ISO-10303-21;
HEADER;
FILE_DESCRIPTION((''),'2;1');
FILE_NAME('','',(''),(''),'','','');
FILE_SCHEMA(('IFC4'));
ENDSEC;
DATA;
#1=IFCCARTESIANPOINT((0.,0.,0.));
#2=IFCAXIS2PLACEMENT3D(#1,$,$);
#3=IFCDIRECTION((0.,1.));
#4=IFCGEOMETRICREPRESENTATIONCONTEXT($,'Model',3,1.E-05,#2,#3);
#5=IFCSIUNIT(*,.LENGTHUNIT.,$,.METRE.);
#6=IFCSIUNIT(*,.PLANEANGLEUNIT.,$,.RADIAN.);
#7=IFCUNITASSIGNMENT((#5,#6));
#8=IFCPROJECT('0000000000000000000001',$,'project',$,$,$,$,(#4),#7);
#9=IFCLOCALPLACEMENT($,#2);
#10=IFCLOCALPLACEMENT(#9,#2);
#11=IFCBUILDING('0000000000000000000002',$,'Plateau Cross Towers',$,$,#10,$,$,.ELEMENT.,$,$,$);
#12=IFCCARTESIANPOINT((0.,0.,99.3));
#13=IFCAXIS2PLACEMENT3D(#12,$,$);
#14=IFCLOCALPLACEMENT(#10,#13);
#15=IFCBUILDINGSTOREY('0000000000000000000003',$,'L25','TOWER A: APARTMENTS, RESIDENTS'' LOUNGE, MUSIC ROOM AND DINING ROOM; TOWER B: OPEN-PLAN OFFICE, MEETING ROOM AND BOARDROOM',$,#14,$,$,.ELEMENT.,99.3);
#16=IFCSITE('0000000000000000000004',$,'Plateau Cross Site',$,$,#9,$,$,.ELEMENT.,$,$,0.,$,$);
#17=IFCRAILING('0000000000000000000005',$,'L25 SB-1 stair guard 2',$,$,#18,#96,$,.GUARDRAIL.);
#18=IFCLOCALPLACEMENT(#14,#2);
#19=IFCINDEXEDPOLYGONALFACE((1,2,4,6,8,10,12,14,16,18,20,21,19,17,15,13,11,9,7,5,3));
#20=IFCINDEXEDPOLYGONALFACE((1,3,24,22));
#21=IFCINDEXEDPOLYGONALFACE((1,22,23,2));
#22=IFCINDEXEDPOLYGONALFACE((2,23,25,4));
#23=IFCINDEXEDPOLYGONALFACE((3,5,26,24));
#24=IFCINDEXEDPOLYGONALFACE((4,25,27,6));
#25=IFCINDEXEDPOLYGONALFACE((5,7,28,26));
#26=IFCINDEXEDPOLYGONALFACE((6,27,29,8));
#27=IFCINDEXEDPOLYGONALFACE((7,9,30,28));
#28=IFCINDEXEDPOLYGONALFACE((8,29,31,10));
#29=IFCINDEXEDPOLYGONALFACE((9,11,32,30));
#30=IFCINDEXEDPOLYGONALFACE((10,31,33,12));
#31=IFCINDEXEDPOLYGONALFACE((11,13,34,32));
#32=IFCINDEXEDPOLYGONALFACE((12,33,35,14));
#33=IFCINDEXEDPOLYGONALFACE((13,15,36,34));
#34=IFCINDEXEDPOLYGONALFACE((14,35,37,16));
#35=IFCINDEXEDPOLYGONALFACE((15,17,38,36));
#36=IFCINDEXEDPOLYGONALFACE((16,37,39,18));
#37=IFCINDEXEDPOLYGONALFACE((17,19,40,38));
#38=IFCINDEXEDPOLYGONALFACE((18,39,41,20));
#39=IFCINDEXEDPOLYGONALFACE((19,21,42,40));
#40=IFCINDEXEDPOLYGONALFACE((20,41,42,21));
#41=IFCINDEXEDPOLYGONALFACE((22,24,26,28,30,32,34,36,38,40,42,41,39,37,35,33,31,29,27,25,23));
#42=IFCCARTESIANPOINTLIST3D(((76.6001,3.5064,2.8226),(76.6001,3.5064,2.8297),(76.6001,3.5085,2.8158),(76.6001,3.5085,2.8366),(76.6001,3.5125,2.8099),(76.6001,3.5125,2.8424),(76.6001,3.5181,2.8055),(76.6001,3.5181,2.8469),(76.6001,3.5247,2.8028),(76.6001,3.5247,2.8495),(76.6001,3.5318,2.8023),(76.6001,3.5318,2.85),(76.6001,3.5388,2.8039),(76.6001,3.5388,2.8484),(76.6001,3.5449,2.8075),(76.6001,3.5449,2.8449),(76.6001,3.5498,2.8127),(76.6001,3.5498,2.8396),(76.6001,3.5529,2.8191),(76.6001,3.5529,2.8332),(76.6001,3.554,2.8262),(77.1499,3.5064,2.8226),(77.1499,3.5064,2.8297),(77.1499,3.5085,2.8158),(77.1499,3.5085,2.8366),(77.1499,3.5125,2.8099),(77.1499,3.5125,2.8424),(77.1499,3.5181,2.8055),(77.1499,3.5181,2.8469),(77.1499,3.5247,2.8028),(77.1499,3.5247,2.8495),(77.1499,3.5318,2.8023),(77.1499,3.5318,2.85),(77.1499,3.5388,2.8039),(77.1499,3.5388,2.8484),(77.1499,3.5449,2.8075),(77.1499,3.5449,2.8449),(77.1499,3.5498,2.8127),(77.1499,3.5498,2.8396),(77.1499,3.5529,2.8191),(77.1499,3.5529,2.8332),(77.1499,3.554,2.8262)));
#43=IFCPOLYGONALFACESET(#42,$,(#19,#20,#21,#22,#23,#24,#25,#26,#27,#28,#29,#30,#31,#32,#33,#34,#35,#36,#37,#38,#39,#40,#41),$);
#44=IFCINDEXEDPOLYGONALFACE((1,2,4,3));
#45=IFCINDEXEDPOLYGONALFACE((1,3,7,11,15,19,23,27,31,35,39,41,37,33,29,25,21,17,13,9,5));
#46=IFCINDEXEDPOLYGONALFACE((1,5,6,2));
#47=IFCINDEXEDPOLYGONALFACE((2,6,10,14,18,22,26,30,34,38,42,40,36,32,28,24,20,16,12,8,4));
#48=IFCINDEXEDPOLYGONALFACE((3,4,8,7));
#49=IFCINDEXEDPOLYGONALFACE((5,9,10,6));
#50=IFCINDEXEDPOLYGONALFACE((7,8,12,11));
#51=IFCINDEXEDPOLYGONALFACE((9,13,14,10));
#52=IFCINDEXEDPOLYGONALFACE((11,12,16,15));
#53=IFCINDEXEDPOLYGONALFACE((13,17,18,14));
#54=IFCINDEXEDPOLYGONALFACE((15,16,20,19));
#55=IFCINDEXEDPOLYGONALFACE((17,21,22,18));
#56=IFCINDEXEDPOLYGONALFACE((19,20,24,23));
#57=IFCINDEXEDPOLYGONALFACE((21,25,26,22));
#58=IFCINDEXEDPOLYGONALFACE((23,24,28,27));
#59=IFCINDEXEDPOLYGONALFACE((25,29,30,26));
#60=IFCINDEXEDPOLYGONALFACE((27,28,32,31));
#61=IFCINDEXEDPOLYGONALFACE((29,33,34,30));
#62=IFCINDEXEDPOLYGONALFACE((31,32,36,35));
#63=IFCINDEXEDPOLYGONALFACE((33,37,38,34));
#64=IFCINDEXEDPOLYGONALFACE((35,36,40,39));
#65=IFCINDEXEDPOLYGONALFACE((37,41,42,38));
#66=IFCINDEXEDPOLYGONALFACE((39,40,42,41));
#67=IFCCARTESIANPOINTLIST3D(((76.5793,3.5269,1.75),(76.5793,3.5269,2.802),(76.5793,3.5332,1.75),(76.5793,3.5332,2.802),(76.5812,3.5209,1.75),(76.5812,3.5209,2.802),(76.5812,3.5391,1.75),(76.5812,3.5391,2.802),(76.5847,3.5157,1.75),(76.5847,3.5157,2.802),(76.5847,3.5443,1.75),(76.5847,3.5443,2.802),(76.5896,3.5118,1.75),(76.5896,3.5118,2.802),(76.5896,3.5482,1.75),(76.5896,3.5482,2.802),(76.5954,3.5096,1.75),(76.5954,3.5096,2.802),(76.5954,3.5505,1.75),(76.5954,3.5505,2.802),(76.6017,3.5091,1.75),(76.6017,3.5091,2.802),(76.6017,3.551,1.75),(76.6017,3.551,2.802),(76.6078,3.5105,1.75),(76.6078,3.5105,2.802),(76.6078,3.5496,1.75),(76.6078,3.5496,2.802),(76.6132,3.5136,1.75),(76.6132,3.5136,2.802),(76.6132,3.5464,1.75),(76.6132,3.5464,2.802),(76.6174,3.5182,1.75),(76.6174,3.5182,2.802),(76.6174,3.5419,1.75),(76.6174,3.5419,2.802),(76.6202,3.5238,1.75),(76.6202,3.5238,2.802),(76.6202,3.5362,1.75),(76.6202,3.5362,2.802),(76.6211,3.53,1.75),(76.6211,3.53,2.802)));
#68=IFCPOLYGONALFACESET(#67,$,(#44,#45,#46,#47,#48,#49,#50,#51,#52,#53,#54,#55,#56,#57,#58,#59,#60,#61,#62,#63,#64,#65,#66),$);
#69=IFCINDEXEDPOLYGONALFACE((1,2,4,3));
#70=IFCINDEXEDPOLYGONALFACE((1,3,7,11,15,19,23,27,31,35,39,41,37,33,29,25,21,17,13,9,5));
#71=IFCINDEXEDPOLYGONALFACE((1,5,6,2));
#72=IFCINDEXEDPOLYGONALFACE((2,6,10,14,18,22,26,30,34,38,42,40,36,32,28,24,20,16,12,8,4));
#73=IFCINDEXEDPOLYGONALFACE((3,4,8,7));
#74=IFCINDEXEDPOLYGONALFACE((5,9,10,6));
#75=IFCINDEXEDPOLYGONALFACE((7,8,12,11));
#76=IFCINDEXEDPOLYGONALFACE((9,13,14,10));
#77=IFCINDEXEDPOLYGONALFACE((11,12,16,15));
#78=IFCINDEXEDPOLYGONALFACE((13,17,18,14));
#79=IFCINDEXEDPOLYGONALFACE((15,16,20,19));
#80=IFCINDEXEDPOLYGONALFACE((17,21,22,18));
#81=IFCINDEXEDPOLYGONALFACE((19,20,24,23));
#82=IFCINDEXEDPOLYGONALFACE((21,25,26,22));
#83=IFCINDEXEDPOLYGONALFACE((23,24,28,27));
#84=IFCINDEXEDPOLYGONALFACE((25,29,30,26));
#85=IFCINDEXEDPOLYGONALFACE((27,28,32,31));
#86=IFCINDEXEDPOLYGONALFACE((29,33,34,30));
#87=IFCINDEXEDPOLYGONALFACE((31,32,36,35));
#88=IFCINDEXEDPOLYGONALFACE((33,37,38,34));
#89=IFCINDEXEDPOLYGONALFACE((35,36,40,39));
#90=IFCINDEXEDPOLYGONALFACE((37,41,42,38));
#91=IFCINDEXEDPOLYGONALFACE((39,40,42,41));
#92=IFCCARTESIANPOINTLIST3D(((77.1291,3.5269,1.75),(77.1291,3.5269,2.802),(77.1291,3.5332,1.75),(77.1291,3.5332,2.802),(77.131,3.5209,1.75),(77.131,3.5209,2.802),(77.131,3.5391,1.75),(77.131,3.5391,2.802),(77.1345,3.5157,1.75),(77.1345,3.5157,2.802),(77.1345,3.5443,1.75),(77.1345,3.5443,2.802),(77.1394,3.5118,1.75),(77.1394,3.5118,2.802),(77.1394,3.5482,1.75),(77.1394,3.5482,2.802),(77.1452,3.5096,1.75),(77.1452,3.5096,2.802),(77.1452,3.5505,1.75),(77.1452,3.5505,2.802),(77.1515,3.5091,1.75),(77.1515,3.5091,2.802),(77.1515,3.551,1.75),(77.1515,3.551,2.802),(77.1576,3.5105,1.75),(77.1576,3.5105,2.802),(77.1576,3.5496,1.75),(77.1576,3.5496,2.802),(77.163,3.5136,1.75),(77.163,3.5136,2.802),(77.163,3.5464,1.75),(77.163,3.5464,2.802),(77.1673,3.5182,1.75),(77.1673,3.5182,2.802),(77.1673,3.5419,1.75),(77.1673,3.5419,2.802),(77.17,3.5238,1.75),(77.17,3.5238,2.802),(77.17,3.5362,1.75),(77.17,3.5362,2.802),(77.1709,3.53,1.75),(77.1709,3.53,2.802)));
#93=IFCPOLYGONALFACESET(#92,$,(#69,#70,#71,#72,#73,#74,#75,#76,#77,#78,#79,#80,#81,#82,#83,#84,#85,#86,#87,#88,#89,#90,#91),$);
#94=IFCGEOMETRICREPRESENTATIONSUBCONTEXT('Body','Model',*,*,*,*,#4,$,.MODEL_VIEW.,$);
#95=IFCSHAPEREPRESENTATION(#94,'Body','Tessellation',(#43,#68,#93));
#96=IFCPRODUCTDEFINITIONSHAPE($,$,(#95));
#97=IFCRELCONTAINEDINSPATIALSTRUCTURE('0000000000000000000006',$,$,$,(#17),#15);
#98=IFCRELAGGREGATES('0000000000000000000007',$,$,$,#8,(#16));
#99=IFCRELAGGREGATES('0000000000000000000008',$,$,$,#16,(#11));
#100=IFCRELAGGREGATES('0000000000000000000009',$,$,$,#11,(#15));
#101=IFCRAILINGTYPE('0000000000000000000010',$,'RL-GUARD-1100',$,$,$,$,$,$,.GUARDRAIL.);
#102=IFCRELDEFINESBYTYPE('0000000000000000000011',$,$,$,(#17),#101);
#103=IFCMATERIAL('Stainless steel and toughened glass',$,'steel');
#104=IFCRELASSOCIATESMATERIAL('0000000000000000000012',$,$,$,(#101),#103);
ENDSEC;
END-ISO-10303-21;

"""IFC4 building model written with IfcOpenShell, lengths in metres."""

from ifc_helpers import new_model, si_unit, direction, frame, origin, origin_2d, place, context, subcontext, project, spatial, circle, extrude, material, type_object, element, save


model = new_model("IFC4")

# Units and contexts
model_context = context("Model", 3, precision=1e-05, world=origin(), true_north=direction((0.0, 1.0)))
body_context = subcontext(model_context, "Body", "Model", "MODEL_VIEW")
ifc_project = project(units=[si_unit("LENGTHUNIT", "METRE"), si_unit("PLANEANGLEUNIT", "RADIAN")], contexts=[model_context])

# Site, building, storey
site_placement = place(None, origin())
site = spatial("IfcSite", under=ifc_project, at=site_placement, Name="Plateau Cross Site", CompositionType="ELEMENT", RefElevation=0.0)
building_placement = place(site_placement, origin())
building = spatial("IfcBuilding", under=site, at=building_placement, Name="Plateau Cross Towers", CompositionType="ELEMENT")
storey_placement = place(building_placement, frame((0.0, 0.0, 99.3)))
storey = spatial("IfcBuildingStorey", under=building, at=storey_placement, Name="L25", Description="TOWER A: APARTMENTS, RESIDENTS' LOUNGE, MUSIC ROOM AND DINING ROOM; TOWER B: OPEN-PLAN OFFICE, MEETING ROOM AND BOARDROOM", CompositionType="ELEMENT", Elevation=99.3)

# Railing
ifc_material_1 = material(Name="Stainless steel and toughened glass", Category="steel")
railing_type_1 = type_object("IfcRailingType", Name="RL-GUARD-1100", PredefinedType="GUARDRAIL", material=ifc_material_1)
railing_1_placement = place(storey_placement, frame((76.6001, 3.53, 1.75)))
element("IfcRailing", 1, at=railing_1_placement, inside=storey, type_object=railing_type_1, Name="L25 SB-1 stair guard 2", PredefinedType="GUARDRAIL", context=body_context, shape_type="SweptSolid", body=[
    extrude(circle(Radius=0.0239, at=origin_2d()), frame((0.0, 0.0, 1.0762), z_axis=(1.0, 0.0, 0.0), x_axis=(0.0, 1.0, 0.0)), (0.0, 0.0, 1.0), 0.5498),
    extrude(circle(Radius=0.021, at=origin_2d()), origin(), (0.0, 0.0, 1.0), 1.052),
    extrude(circle(Radius=0.021, at=origin_2d()), frame((0.5498, 0.0, 0.0)), (0.0, 0.0, 1.0), 1.052),
])

save(model, "model.ifc")
